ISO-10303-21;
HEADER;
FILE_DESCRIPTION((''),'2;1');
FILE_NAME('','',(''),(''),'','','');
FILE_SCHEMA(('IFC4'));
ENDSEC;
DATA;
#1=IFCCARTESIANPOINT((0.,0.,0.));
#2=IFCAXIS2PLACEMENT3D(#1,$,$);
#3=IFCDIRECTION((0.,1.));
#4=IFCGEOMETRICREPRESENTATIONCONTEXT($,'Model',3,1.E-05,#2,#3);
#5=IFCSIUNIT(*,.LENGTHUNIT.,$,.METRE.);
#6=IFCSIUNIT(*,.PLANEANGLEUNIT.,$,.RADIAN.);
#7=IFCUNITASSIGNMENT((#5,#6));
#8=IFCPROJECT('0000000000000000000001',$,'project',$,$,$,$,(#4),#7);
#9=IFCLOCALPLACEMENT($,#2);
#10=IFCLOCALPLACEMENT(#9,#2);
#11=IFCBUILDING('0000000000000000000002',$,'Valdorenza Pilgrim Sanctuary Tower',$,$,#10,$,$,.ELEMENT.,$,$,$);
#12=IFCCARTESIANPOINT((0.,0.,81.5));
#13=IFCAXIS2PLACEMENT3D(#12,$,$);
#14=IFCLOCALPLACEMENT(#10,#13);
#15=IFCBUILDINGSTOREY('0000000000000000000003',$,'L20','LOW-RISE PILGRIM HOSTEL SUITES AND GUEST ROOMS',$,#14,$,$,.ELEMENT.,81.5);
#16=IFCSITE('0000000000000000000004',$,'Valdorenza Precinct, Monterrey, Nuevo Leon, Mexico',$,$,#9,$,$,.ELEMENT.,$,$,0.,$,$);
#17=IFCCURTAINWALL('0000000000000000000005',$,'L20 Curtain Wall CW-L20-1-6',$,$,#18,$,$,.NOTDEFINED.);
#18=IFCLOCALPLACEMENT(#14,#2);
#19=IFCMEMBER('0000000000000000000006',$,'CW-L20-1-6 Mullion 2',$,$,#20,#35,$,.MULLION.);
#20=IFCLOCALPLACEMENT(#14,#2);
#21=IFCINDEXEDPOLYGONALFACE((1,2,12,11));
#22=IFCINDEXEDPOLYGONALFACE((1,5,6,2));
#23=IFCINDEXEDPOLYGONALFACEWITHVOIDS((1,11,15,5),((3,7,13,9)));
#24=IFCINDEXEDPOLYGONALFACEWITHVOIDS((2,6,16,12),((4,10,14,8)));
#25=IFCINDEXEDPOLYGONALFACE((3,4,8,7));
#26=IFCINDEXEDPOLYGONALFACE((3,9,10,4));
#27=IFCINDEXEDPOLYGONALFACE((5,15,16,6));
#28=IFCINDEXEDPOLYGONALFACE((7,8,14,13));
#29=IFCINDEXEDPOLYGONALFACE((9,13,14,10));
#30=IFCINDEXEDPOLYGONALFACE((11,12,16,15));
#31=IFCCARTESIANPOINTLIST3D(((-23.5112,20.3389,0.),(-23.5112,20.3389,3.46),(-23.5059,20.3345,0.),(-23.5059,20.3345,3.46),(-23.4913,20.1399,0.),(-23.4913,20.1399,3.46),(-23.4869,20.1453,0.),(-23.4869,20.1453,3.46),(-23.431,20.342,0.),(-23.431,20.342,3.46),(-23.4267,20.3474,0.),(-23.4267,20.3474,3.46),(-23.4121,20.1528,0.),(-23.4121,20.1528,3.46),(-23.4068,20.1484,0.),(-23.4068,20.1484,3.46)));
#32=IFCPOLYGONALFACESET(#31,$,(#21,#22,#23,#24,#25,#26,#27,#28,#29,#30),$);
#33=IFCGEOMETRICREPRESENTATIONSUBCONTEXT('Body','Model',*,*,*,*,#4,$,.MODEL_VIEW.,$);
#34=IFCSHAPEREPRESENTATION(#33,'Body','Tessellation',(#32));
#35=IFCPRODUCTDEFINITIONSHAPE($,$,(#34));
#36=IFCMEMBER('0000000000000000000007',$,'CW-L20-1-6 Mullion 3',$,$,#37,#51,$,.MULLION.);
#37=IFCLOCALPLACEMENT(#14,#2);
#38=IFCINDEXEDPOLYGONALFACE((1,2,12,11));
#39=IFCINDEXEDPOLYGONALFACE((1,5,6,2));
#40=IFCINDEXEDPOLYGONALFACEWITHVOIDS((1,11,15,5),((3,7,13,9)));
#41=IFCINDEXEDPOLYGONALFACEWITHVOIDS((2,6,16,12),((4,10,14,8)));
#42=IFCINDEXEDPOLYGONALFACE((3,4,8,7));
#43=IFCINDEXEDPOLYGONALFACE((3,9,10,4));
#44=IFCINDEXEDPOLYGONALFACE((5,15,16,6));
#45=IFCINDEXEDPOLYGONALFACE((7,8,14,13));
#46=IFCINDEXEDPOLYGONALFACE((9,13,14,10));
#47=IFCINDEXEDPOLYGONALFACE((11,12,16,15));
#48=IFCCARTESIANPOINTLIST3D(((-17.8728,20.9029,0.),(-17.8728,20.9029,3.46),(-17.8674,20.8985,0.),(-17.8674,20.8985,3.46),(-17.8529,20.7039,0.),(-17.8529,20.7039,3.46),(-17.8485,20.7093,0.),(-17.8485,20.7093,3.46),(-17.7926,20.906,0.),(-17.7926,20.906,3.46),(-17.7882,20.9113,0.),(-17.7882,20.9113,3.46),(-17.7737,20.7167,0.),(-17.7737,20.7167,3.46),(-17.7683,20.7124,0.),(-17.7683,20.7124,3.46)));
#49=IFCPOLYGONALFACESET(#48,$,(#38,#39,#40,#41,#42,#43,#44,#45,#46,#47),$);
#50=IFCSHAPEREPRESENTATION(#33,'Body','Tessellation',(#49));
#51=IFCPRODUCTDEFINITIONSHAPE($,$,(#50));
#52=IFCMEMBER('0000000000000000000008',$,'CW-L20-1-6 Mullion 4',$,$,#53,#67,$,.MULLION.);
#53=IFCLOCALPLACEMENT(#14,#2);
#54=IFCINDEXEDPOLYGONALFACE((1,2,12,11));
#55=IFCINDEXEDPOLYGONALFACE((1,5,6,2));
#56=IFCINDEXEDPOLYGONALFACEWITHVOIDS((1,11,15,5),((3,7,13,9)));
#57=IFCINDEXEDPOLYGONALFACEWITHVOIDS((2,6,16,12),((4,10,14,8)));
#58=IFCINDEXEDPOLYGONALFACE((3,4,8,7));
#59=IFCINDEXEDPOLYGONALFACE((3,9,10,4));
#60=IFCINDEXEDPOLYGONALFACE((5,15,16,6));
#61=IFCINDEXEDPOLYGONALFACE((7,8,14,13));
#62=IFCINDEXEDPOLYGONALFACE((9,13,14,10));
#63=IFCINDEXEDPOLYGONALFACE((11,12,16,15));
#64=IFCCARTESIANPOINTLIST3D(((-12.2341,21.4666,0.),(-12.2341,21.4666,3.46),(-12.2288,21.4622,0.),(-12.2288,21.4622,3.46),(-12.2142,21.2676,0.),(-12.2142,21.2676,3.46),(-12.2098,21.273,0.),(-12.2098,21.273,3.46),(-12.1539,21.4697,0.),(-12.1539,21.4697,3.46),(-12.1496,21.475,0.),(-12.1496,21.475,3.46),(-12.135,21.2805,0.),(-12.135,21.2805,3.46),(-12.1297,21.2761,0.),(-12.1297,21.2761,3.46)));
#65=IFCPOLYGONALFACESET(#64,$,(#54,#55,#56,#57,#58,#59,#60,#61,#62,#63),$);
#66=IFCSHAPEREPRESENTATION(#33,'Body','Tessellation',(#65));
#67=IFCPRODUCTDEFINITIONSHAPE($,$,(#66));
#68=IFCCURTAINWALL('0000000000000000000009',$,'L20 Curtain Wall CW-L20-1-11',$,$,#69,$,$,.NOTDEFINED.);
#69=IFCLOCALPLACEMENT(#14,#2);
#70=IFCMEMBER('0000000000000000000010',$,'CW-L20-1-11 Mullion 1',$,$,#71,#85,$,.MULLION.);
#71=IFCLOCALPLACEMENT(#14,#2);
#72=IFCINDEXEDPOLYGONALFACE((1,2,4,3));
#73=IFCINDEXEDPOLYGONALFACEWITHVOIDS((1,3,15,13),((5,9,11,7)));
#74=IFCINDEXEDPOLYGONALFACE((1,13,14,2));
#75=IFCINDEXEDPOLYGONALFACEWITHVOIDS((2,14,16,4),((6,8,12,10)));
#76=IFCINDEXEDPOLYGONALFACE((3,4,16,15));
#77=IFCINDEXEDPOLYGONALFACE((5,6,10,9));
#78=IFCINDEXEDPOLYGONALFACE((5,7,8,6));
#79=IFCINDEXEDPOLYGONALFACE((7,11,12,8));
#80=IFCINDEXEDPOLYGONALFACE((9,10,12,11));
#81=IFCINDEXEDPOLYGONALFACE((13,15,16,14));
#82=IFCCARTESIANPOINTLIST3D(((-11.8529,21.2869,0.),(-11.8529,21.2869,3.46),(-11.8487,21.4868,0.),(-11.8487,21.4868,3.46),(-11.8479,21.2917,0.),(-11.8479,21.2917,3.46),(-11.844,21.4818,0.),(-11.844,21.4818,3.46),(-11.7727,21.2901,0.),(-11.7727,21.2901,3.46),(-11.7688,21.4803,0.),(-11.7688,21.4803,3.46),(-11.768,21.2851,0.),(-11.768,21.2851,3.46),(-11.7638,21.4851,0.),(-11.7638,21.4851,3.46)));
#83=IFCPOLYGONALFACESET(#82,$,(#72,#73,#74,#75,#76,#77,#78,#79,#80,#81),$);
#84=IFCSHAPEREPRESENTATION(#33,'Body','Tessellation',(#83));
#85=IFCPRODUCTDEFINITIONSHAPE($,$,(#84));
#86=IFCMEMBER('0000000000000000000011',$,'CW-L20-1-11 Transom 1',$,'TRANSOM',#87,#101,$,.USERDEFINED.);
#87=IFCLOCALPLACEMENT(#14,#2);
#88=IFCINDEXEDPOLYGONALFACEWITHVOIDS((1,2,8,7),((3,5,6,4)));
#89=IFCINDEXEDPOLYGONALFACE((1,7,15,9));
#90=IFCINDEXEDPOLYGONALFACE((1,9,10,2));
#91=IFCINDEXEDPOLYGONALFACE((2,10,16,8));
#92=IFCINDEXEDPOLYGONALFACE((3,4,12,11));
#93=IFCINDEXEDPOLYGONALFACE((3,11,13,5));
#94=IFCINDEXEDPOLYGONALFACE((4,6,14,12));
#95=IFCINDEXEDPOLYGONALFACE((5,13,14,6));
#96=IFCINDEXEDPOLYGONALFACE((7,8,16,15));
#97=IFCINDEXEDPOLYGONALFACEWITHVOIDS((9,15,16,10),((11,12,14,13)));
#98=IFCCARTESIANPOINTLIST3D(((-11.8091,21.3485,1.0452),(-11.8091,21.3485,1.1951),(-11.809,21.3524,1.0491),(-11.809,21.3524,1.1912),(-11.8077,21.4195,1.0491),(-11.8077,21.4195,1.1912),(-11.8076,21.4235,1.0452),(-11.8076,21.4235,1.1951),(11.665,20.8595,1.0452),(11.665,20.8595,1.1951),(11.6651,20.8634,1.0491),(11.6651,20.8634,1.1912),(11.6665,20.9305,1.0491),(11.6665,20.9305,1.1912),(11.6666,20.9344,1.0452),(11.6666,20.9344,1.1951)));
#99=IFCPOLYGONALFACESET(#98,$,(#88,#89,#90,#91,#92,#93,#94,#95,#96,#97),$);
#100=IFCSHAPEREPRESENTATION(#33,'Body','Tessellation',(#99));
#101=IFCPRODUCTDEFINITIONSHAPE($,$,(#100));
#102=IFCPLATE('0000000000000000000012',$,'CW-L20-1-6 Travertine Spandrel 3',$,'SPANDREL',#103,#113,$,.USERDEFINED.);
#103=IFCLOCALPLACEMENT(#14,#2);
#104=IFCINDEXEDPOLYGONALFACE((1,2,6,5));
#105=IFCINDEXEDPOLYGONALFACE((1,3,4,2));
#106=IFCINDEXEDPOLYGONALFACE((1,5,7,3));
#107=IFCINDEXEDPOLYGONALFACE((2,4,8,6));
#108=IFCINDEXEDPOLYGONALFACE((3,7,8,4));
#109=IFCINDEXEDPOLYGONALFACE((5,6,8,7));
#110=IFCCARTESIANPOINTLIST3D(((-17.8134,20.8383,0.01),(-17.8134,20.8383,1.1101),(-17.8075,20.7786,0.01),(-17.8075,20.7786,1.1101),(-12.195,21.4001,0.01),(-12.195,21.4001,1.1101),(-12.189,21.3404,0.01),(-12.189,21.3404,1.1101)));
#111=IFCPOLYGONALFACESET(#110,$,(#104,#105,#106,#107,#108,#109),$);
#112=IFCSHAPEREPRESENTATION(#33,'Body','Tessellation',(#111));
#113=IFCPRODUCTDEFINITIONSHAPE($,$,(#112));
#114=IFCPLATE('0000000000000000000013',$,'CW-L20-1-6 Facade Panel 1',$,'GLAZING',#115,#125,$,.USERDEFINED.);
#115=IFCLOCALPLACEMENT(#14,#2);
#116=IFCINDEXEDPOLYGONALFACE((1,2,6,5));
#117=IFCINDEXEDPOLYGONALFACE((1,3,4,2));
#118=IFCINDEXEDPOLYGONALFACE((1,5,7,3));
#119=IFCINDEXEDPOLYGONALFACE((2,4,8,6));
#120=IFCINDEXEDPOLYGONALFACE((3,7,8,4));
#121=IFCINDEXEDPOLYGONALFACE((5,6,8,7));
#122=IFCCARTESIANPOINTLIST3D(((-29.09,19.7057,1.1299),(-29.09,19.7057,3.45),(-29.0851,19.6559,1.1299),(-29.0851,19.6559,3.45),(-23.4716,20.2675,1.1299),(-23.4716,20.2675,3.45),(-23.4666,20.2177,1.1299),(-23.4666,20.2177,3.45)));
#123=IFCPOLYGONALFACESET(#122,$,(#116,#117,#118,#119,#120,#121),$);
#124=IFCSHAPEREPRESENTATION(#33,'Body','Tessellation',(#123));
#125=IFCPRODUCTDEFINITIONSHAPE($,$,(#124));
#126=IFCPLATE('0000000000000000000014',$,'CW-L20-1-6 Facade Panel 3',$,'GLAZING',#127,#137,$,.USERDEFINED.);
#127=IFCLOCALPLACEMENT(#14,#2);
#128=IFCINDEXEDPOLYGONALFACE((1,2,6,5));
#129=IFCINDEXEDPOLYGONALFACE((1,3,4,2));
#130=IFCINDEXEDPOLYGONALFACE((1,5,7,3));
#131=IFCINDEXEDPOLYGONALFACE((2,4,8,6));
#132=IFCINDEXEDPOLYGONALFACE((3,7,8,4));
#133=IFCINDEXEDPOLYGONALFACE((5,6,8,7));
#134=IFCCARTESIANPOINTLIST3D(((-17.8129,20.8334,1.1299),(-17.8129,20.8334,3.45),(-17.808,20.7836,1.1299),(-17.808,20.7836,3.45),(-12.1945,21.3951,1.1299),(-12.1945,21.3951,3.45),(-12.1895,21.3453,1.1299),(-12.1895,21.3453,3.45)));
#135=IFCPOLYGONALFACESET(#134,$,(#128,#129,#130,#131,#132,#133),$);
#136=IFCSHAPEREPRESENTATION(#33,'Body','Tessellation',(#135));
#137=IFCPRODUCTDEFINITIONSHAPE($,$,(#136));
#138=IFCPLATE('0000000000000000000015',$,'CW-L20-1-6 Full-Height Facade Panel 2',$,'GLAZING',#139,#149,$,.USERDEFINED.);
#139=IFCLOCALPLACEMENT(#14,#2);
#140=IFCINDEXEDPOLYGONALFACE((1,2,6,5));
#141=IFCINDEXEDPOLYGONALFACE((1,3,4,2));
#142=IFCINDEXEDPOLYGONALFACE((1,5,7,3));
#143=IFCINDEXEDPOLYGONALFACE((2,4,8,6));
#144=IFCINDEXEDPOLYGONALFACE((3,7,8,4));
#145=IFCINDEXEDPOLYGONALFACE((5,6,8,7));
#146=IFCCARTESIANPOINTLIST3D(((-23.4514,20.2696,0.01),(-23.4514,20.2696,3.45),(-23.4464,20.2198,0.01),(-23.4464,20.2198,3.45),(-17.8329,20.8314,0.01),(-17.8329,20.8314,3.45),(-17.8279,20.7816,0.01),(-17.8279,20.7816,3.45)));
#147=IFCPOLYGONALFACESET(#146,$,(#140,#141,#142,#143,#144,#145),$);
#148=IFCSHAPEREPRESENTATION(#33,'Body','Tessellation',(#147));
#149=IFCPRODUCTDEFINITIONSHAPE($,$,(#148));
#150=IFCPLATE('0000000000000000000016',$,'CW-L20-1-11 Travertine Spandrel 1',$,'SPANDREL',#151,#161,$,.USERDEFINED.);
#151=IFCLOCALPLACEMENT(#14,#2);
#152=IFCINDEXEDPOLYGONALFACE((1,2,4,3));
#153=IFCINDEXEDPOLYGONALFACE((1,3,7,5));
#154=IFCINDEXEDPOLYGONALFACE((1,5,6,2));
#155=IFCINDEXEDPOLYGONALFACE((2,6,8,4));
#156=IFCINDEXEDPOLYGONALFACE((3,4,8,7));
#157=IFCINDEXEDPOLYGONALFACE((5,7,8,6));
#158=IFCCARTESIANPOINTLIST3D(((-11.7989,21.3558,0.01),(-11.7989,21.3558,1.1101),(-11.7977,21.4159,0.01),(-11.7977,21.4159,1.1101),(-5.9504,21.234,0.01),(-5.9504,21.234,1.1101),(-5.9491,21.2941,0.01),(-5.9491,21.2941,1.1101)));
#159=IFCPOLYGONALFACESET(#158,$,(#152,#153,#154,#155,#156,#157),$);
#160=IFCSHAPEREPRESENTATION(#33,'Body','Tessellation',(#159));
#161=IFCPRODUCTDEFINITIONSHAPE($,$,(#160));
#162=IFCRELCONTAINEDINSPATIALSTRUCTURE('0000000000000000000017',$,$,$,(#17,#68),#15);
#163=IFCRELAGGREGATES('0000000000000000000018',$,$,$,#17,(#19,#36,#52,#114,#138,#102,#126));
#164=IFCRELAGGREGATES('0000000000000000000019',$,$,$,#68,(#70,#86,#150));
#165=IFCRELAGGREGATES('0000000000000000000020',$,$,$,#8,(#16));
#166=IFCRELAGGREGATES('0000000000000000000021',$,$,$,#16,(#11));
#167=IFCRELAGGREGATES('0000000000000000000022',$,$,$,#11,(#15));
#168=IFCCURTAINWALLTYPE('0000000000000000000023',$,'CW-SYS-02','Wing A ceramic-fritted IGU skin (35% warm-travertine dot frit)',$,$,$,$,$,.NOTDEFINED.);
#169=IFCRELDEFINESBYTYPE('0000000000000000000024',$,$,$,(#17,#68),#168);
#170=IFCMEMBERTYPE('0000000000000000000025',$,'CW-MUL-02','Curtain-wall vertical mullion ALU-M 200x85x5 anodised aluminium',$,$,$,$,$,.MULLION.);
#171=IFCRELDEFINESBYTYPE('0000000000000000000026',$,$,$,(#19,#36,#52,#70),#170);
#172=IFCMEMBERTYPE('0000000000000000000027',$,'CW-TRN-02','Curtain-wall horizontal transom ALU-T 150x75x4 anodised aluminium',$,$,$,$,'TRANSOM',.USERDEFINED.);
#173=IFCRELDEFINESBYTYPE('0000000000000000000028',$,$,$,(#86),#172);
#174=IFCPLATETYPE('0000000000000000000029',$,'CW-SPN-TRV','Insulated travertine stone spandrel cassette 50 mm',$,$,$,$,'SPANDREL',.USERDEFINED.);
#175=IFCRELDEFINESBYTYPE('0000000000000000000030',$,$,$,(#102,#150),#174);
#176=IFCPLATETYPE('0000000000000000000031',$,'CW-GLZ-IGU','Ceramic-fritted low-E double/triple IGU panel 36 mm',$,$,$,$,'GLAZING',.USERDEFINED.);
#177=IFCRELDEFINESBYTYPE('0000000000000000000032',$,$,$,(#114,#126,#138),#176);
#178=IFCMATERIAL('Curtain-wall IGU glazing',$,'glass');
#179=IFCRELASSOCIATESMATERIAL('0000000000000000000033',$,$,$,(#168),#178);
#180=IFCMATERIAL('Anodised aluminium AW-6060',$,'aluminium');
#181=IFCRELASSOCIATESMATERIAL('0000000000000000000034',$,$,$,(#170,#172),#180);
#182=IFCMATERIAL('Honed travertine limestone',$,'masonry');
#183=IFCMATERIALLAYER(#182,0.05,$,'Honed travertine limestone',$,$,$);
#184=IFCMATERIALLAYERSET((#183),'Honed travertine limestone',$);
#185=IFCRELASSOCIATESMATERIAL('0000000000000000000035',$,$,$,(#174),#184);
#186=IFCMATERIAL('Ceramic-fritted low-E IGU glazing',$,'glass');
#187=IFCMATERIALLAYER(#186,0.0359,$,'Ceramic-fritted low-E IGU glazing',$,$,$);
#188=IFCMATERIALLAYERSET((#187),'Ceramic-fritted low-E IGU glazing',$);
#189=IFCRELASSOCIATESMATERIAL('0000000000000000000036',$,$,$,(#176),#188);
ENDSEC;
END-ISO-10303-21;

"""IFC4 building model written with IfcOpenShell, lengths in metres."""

from ifc_helpers import new_model, si_unit, direction, frame, origin, origin_2d, place, context, subcontext, project, spatial, rectangle, hollow_rectangle, extrude, source, transform, mapped, material, layer, layer_set, material_profile, profile_set, type_object, element, aggregate, save


model = new_model("IFC4")

# Units and contexts
model_context = context("Model", 3, precision=1e-05, world=origin(), true_north=direction((0.0, 1.0)))
body_context = subcontext(model_context, "Body", "Model", "MODEL_VIEW")
ifc_project = project(units=[si_unit("LENGTHUNIT", "METRE"), si_unit("PLANEANGLEUNIT", "RADIAN")], contexts=[model_context])

# Site, building, storey
site_placement = place(None, origin())
site = spatial("IfcSite", under=ifc_project, at=site_placement, Name="Valdorenza Precinct, Monterrey, Nuevo Leon, Mexico", CompositionType="ELEMENT", RefElevation=0.0)
building_placement = place(site_placement, origin())
building = spatial("IfcBuilding", under=site, at=building_placement, Name="Valdorenza Pilgrim Sanctuary Tower", CompositionType="ELEMENT")
storey_placement = place(building_placement, frame((0.0, 0.0, 81.5)))
storey = spatial("IfcBuildingStorey", under=building, at=storey_placement, Name="L20", Description="LOW-RISE PILGRIM HOSTEL SUITES AND GUEST ROOMS", CompositionType="ELEMENT", Elevation=81.5)

# Curtain walls, members
ifc_material_1 = material(Name="Curtain-wall IGU glazing", Category="glass")
curtain_wall_type = type_object("IfcCurtainWallType", Name="CW-SYS-02", Description="Wing A ceramic-fritted IGU skin (35% warm-travertine dot frit)", PredefinedType="NOTDEFINED", material=ifc_material_1)
curtain_wall_1_placement = place(storey_placement, origin())
curtain_wall_1 = element("IfcCurtainWall", 1, at=curtain_wall_1_placement, inside=storey, type_object=curtain_wall_type, Name="L20 Curtain Wall CW-L20-1-6", PredefinedType="NOTDEFINED")
ifc_material_2 = material(Name="Anodised aluminium AW-6060", Category="aluminium")
ifc_material_profile_1 = material_profile(ifc_material_2, hollow_rectangle(XDim=0.085, YDim=0.2, WallThickness=0.0049, at=origin_2d()), Name="ALU-M 200x85x5")
ifc_profile_set_1 = profile_set([ifc_material_profile_1], Name="Anodised aluminium AW-6060")
member_type_1 = type_object("IfcMemberType", Name="CW-MUL-02", Description="Curtain-wall vertical mullion ALU-M 200x85x5 anodised aluminium", PredefinedType="MULLION", material=ifc_profile_set_1)
shared_shape_1 = source(origin(), body_context, "Body", "SweptSolid", [
    extrude(hollow_rectangle(XDim=0.085, YDim=0.2, WallThickness=0.0049, at=origin_2d()), origin(), (0.0, 0.0, 1.0), 3.46),
])
member_1_placement = place(storey_placement, frame((-23.459, 20.2437, 0.0), z_axis=(0.0, 0.0, 1.0), x_axis=(0.995038, 0.099493, 0.0)))
member_1 = element("IfcMember", 2, at=member_1_placement, type_object=member_type_1, Name="CW-L20-1-6 Mullion 2", PredefinedType="MULLION", context=body_context, shape_type="MappedRepresentation", body=[
    mapped(shared_shape_1, transform((0.0, 0.0, 0.0), x_axis=(1.0, 0.0, 0.0), y_axis=(0.0, 1.0, 0.0), z_axis=(0.0, 0.0, 1.0), scale=1.0)),
])
member_2_placement = place(storey_placement, frame((-17.8206, 20.8076, 0.0), z_axis=(0.0, 0.0, 1.0), x_axis=(0.995038, 0.099493, 0.0)))
member_2 = element("IfcMember", 3, at=member_2_placement, type_object=member_type_1, Name="CW-L20-1-6 Mullion 3", PredefinedType="MULLION", context=body_context, shape_type="MappedRepresentation", body=[
    mapped(shared_shape_1, transform((0.0, 0.0, 0.0), x_axis=(1.0, 0.0, 0.0), y_axis=(0.0, 1.0, 0.0), z_axis=(0.0, 0.0, 1.0), scale=1.0)),
])
member_3_placement = place(storey_placement, frame((-12.1819, 21.3713, 0.0), z_axis=(0.0, 0.0, 1.0), x_axis=(0.995038, 0.099493, 0.0)))
member_3 = element("IfcMember", 4, at=member_3_placement, type_object=member_type_1, Name="CW-L20-1-6 Mullion 4", PredefinedType="MULLION", context=body_context, shape_type="MappedRepresentation", body=[
    mapped(shared_shape_1, transform((0.0, 0.0, 0.0), x_axis=(1.0, 0.0, 0.0), y_axis=(0.0, 1.0, 0.0), z_axis=(0.0, 0.0, 1.0), scale=1.0)),
])
curtain_wall_2_placement = place(storey_placement, origin())
curtain_wall_2 = element("IfcCurtainWall", 5, at=curtain_wall_2_placement, inside=storey, type_object=curtain_wall_type, Name="L20 Curtain Wall CW-L20-1-11", PredefinedType="NOTDEFINED")
member_4_placement = place(storey_placement, frame((-11.8083, 21.386, 0.0), z_axis=(0.0, 0.0, 1.0), x_axis=(0.999783, -0.02082, 0.0)))
member_4 = element("IfcMember", 6, at=member_4_placement, type_object=member_type_1, Name="CW-L20-1-11 Mullion 1", PredefinedType="MULLION", context=body_context, shape_type="MappedRepresentation", body=[
    mapped(shared_shape_1, transform((0.0, 0.0, 0.0), x_axis=(1.0, 0.0, 0.0), y_axis=(0.0, 1.0, 0.0), z_axis=(0.0, 0.0, 1.0), scale=1.0)),
])
ifc_material_profile_2 = material_profile(ifc_material_2, hollow_rectangle(XDim=0.075, YDim=0.1499, WallThickness=0.0039, at=origin_2d()), Name="ALU-T 150x75x4")
ifc_profile_set_2 = profile_set([ifc_material_profile_2], Name="Anodised aluminium AW-6060")
member_type_2 = type_object("IfcMemberType", Name="CW-TRN-02", Description="Curtain-wall horizontal transom ALU-T 150x75x4 anodised aluminium", ElementType="TRANSOM", PredefinedType="USERDEFINED", material=ifc_profile_set_2)
shared_shape_2 = source(origin(), body_context, "Body", "SweptSolid", [
    extrude(hollow_rectangle(XDim=0.075, YDim=0.1499, WallThickness=0.0039, at=origin_2d()), origin(), (0.0, 0.0, 1.0), 23.4792),
])
member_5_placement = place(storey_placement, frame((-11.8083, 21.386, 1.1201), z_axis=(0.999783, -0.020828, 0.0), x_axis=(0.020828, 0.999783, 0.0)))
member_5 = element("IfcMember", 7, at=member_5_placement, type_object=member_type_2, Name="CW-L20-1-11 Transom 1", ObjectType="TRANSOM", PredefinedType="USERDEFINED", context=body_context, shape_type="MappedRepresentation", body=[
    mapped(shared_shape_2, transform((0.0, 0.0, 0.0), x_axis=(1.0, 0.0, 0.0), y_axis=(0.0, 1.0, 0.0), z_axis=(0.0, 0.0, 1.0), scale=1.0)),
])

# Plates
ifc_material_3 = material(Name="Honed travertine limestone", Category="masonry")
ifc_layer_1 = layer(ifc_material_3, 0.05, Name="Honed travertine limestone")
ifc_layer_set_1 = layer_set([ifc_layer_1], Name="Honed travertine limestone")
plate_type_1 = type_object("IfcPlateType", Name="CW-SPN-TRV", Description="Insulated travertine stone spandrel cassette 50 mm", ElementType="SPANDREL", PredefinedType="USERDEFINED", material=ifc_layer_set_1)
shared_shape_3 = source(origin(), body_context, "Body", "SweptSolid", [
    extrude(rectangle(XDim=5.6465, YDim=0.0601, at=origin_2d()), origin(), (0.0, 0.0, 1.0), 1.1001),
])
plate_1_placement = place(storey_placement, frame((-15.0012, 21.0894, 0.01), z_axis=(0.0, 0.0, 1.0), x_axis=(0.995038, 0.099493, 0.0)))
plate_1 = element("IfcPlate", 8, at=plate_1_placement, type_object=plate_type_1, Name="CW-L20-1-6 Travertine Spandrel 3", ObjectType="SPANDREL", PredefinedType="USERDEFINED", context=body_context, shape_type="MappedRepresentation", body=[
    mapped(shared_shape_3, transform((0.0, 0.0, 0.0), x_axis=(1.0, 0.0, 0.0), y_axis=(0.0, 1.0, 0.0), z_axis=(0.0, 0.0, 1.0), scale=1.0)),
])
ifc_material_4 = material(Name="Ceramic-fritted low-E IGU glazing", Category="glass")
ifc_layer_2 = layer(ifc_material_4, 0.0359, Name="Ceramic-fritted low-E IGU glazing")
ifc_layer_set_2 = layer_set([ifc_layer_2], Name="Ceramic-fritted low-E IGU glazing")
plate_type_2 = type_object("IfcPlateType", Name="CW-GLZ-IGU", Description="Ceramic-fritted low-E double/triple IGU panel 36 mm", ElementType="GLAZING", PredefinedType="USERDEFINED", material=ifc_layer_set_2)
shared_shape_4 = source(origin(), body_context, "Body", "SweptSolid", [
    extrude(rectangle(XDim=5.6465, YDim=0.05, at=origin_2d()), origin(), (0.0, 0.0, 1.0), 2.3201),
])
plate_2_placement = place(storey_placement, frame((-26.2783, 19.9617, 1.1299), z_axis=(0.0, 0.0, 1.0), x_axis=(0.995038, 0.099493, 0.0)))
plate_2 = element("IfcPlate", 9, at=plate_2_placement, type_object=plate_type_2, Name="CW-L20-1-6 Facade Panel 1", ObjectType="GLAZING", PredefinedType="USERDEFINED", context=body_context, shape_type="MappedRepresentation", body=[
    mapped(shared_shape_4, transform((0.0, 0.0, 0.0), x_axis=(1.0, 0.0, 0.0), y_axis=(0.0, 1.0, 0.0), z_axis=(0.0, 0.0, 1.0), scale=1.0)),
])
plate_3_placement = place(storey_placement, frame((-15.0012, 21.0894, 1.1299), z_axis=(0.0, 0.0, 1.0), x_axis=(0.995038, 0.099493, 0.0)))
plate_3 = element("IfcPlate", 10, at=plate_3_placement, type_object=plate_type_2, Name="CW-L20-1-6 Facade Panel 3", ObjectType="GLAZING", PredefinedType="USERDEFINED", context=body_context, shape_type="MappedRepresentation", body=[
    mapped(shared_shape_4, transform((0.0, 0.0, 0.0), x_axis=(1.0, 0.0, 0.0), y_axis=(0.0, 1.0, 0.0), z_axis=(0.0, 0.0, 1.0), scale=1.0)),
])
shared_shape_5 = source(origin(), body_context, "Body", "SweptSolid", [
    extrude(rectangle(XDim=5.6465, YDim=0.05, at=origin_2d()), origin(), (0.0, 0.0, 1.0), 3.4399),
])
plate_4_placement = place(storey_placement, frame((-20.6396, 20.5256, 0.01), z_axis=(0.0, 0.0, 1.0), x_axis=(0.995038, 0.099493, 0.0)))
plate_4 = element("IfcPlate", 11, at=plate_4_placement, type_object=plate_type_2, Name="CW-L20-1-6 Full-Height Facade Panel 2", ObjectType="GLAZING", PredefinedType="USERDEFINED", context=body_context, shape_type="MappedRepresentation", body=[
    mapped(shared_shape_5, transform((0.0, 0.0, 0.0), x_axis=(1.0, 0.0, 0.0), y_axis=(0.0, 1.0, 0.0), z_axis=(0.0, 0.0, 1.0), scale=1.0)),
])
aggregate(curtain_wall_1, [member_1, member_2, member_3, plate_2, plate_4, plate_1, plate_3])
shared_shape_6 = source(origin(), body_context, "Body", "SweptSolid", [
    extrude(rectangle(XDim=5.8499, YDim=0.0601, at=origin_2d()), origin(), (0.0, 0.0, 1.0), 1.1001),
])
plate_5_placement = place(storey_placement, frame((-8.874, 21.325, 0.01), z_axis=(0.0, 0.0, 1.0), x_axis=(0.999783, -0.02082, 0.0)))
plate_5 = element("IfcPlate", 12, at=plate_5_placement, type_object=plate_type_1, Name="CW-L20-1-11 Travertine Spandrel 1", ObjectType="SPANDREL", PredefinedType="USERDEFINED", context=body_context, shape_type="MappedRepresentation", body=[
    mapped(shared_shape_6, transform((0.0, 0.0, 0.0), x_axis=(1.0, 0.0, 0.0), y_axis=(0.0, 1.0, 0.0), z_axis=(0.0, 0.0, 1.0), scale=1.0)),
])
aggregate(curtain_wall_2, [member_4, member_5, plate_5])

save(model, "model.ifc")
